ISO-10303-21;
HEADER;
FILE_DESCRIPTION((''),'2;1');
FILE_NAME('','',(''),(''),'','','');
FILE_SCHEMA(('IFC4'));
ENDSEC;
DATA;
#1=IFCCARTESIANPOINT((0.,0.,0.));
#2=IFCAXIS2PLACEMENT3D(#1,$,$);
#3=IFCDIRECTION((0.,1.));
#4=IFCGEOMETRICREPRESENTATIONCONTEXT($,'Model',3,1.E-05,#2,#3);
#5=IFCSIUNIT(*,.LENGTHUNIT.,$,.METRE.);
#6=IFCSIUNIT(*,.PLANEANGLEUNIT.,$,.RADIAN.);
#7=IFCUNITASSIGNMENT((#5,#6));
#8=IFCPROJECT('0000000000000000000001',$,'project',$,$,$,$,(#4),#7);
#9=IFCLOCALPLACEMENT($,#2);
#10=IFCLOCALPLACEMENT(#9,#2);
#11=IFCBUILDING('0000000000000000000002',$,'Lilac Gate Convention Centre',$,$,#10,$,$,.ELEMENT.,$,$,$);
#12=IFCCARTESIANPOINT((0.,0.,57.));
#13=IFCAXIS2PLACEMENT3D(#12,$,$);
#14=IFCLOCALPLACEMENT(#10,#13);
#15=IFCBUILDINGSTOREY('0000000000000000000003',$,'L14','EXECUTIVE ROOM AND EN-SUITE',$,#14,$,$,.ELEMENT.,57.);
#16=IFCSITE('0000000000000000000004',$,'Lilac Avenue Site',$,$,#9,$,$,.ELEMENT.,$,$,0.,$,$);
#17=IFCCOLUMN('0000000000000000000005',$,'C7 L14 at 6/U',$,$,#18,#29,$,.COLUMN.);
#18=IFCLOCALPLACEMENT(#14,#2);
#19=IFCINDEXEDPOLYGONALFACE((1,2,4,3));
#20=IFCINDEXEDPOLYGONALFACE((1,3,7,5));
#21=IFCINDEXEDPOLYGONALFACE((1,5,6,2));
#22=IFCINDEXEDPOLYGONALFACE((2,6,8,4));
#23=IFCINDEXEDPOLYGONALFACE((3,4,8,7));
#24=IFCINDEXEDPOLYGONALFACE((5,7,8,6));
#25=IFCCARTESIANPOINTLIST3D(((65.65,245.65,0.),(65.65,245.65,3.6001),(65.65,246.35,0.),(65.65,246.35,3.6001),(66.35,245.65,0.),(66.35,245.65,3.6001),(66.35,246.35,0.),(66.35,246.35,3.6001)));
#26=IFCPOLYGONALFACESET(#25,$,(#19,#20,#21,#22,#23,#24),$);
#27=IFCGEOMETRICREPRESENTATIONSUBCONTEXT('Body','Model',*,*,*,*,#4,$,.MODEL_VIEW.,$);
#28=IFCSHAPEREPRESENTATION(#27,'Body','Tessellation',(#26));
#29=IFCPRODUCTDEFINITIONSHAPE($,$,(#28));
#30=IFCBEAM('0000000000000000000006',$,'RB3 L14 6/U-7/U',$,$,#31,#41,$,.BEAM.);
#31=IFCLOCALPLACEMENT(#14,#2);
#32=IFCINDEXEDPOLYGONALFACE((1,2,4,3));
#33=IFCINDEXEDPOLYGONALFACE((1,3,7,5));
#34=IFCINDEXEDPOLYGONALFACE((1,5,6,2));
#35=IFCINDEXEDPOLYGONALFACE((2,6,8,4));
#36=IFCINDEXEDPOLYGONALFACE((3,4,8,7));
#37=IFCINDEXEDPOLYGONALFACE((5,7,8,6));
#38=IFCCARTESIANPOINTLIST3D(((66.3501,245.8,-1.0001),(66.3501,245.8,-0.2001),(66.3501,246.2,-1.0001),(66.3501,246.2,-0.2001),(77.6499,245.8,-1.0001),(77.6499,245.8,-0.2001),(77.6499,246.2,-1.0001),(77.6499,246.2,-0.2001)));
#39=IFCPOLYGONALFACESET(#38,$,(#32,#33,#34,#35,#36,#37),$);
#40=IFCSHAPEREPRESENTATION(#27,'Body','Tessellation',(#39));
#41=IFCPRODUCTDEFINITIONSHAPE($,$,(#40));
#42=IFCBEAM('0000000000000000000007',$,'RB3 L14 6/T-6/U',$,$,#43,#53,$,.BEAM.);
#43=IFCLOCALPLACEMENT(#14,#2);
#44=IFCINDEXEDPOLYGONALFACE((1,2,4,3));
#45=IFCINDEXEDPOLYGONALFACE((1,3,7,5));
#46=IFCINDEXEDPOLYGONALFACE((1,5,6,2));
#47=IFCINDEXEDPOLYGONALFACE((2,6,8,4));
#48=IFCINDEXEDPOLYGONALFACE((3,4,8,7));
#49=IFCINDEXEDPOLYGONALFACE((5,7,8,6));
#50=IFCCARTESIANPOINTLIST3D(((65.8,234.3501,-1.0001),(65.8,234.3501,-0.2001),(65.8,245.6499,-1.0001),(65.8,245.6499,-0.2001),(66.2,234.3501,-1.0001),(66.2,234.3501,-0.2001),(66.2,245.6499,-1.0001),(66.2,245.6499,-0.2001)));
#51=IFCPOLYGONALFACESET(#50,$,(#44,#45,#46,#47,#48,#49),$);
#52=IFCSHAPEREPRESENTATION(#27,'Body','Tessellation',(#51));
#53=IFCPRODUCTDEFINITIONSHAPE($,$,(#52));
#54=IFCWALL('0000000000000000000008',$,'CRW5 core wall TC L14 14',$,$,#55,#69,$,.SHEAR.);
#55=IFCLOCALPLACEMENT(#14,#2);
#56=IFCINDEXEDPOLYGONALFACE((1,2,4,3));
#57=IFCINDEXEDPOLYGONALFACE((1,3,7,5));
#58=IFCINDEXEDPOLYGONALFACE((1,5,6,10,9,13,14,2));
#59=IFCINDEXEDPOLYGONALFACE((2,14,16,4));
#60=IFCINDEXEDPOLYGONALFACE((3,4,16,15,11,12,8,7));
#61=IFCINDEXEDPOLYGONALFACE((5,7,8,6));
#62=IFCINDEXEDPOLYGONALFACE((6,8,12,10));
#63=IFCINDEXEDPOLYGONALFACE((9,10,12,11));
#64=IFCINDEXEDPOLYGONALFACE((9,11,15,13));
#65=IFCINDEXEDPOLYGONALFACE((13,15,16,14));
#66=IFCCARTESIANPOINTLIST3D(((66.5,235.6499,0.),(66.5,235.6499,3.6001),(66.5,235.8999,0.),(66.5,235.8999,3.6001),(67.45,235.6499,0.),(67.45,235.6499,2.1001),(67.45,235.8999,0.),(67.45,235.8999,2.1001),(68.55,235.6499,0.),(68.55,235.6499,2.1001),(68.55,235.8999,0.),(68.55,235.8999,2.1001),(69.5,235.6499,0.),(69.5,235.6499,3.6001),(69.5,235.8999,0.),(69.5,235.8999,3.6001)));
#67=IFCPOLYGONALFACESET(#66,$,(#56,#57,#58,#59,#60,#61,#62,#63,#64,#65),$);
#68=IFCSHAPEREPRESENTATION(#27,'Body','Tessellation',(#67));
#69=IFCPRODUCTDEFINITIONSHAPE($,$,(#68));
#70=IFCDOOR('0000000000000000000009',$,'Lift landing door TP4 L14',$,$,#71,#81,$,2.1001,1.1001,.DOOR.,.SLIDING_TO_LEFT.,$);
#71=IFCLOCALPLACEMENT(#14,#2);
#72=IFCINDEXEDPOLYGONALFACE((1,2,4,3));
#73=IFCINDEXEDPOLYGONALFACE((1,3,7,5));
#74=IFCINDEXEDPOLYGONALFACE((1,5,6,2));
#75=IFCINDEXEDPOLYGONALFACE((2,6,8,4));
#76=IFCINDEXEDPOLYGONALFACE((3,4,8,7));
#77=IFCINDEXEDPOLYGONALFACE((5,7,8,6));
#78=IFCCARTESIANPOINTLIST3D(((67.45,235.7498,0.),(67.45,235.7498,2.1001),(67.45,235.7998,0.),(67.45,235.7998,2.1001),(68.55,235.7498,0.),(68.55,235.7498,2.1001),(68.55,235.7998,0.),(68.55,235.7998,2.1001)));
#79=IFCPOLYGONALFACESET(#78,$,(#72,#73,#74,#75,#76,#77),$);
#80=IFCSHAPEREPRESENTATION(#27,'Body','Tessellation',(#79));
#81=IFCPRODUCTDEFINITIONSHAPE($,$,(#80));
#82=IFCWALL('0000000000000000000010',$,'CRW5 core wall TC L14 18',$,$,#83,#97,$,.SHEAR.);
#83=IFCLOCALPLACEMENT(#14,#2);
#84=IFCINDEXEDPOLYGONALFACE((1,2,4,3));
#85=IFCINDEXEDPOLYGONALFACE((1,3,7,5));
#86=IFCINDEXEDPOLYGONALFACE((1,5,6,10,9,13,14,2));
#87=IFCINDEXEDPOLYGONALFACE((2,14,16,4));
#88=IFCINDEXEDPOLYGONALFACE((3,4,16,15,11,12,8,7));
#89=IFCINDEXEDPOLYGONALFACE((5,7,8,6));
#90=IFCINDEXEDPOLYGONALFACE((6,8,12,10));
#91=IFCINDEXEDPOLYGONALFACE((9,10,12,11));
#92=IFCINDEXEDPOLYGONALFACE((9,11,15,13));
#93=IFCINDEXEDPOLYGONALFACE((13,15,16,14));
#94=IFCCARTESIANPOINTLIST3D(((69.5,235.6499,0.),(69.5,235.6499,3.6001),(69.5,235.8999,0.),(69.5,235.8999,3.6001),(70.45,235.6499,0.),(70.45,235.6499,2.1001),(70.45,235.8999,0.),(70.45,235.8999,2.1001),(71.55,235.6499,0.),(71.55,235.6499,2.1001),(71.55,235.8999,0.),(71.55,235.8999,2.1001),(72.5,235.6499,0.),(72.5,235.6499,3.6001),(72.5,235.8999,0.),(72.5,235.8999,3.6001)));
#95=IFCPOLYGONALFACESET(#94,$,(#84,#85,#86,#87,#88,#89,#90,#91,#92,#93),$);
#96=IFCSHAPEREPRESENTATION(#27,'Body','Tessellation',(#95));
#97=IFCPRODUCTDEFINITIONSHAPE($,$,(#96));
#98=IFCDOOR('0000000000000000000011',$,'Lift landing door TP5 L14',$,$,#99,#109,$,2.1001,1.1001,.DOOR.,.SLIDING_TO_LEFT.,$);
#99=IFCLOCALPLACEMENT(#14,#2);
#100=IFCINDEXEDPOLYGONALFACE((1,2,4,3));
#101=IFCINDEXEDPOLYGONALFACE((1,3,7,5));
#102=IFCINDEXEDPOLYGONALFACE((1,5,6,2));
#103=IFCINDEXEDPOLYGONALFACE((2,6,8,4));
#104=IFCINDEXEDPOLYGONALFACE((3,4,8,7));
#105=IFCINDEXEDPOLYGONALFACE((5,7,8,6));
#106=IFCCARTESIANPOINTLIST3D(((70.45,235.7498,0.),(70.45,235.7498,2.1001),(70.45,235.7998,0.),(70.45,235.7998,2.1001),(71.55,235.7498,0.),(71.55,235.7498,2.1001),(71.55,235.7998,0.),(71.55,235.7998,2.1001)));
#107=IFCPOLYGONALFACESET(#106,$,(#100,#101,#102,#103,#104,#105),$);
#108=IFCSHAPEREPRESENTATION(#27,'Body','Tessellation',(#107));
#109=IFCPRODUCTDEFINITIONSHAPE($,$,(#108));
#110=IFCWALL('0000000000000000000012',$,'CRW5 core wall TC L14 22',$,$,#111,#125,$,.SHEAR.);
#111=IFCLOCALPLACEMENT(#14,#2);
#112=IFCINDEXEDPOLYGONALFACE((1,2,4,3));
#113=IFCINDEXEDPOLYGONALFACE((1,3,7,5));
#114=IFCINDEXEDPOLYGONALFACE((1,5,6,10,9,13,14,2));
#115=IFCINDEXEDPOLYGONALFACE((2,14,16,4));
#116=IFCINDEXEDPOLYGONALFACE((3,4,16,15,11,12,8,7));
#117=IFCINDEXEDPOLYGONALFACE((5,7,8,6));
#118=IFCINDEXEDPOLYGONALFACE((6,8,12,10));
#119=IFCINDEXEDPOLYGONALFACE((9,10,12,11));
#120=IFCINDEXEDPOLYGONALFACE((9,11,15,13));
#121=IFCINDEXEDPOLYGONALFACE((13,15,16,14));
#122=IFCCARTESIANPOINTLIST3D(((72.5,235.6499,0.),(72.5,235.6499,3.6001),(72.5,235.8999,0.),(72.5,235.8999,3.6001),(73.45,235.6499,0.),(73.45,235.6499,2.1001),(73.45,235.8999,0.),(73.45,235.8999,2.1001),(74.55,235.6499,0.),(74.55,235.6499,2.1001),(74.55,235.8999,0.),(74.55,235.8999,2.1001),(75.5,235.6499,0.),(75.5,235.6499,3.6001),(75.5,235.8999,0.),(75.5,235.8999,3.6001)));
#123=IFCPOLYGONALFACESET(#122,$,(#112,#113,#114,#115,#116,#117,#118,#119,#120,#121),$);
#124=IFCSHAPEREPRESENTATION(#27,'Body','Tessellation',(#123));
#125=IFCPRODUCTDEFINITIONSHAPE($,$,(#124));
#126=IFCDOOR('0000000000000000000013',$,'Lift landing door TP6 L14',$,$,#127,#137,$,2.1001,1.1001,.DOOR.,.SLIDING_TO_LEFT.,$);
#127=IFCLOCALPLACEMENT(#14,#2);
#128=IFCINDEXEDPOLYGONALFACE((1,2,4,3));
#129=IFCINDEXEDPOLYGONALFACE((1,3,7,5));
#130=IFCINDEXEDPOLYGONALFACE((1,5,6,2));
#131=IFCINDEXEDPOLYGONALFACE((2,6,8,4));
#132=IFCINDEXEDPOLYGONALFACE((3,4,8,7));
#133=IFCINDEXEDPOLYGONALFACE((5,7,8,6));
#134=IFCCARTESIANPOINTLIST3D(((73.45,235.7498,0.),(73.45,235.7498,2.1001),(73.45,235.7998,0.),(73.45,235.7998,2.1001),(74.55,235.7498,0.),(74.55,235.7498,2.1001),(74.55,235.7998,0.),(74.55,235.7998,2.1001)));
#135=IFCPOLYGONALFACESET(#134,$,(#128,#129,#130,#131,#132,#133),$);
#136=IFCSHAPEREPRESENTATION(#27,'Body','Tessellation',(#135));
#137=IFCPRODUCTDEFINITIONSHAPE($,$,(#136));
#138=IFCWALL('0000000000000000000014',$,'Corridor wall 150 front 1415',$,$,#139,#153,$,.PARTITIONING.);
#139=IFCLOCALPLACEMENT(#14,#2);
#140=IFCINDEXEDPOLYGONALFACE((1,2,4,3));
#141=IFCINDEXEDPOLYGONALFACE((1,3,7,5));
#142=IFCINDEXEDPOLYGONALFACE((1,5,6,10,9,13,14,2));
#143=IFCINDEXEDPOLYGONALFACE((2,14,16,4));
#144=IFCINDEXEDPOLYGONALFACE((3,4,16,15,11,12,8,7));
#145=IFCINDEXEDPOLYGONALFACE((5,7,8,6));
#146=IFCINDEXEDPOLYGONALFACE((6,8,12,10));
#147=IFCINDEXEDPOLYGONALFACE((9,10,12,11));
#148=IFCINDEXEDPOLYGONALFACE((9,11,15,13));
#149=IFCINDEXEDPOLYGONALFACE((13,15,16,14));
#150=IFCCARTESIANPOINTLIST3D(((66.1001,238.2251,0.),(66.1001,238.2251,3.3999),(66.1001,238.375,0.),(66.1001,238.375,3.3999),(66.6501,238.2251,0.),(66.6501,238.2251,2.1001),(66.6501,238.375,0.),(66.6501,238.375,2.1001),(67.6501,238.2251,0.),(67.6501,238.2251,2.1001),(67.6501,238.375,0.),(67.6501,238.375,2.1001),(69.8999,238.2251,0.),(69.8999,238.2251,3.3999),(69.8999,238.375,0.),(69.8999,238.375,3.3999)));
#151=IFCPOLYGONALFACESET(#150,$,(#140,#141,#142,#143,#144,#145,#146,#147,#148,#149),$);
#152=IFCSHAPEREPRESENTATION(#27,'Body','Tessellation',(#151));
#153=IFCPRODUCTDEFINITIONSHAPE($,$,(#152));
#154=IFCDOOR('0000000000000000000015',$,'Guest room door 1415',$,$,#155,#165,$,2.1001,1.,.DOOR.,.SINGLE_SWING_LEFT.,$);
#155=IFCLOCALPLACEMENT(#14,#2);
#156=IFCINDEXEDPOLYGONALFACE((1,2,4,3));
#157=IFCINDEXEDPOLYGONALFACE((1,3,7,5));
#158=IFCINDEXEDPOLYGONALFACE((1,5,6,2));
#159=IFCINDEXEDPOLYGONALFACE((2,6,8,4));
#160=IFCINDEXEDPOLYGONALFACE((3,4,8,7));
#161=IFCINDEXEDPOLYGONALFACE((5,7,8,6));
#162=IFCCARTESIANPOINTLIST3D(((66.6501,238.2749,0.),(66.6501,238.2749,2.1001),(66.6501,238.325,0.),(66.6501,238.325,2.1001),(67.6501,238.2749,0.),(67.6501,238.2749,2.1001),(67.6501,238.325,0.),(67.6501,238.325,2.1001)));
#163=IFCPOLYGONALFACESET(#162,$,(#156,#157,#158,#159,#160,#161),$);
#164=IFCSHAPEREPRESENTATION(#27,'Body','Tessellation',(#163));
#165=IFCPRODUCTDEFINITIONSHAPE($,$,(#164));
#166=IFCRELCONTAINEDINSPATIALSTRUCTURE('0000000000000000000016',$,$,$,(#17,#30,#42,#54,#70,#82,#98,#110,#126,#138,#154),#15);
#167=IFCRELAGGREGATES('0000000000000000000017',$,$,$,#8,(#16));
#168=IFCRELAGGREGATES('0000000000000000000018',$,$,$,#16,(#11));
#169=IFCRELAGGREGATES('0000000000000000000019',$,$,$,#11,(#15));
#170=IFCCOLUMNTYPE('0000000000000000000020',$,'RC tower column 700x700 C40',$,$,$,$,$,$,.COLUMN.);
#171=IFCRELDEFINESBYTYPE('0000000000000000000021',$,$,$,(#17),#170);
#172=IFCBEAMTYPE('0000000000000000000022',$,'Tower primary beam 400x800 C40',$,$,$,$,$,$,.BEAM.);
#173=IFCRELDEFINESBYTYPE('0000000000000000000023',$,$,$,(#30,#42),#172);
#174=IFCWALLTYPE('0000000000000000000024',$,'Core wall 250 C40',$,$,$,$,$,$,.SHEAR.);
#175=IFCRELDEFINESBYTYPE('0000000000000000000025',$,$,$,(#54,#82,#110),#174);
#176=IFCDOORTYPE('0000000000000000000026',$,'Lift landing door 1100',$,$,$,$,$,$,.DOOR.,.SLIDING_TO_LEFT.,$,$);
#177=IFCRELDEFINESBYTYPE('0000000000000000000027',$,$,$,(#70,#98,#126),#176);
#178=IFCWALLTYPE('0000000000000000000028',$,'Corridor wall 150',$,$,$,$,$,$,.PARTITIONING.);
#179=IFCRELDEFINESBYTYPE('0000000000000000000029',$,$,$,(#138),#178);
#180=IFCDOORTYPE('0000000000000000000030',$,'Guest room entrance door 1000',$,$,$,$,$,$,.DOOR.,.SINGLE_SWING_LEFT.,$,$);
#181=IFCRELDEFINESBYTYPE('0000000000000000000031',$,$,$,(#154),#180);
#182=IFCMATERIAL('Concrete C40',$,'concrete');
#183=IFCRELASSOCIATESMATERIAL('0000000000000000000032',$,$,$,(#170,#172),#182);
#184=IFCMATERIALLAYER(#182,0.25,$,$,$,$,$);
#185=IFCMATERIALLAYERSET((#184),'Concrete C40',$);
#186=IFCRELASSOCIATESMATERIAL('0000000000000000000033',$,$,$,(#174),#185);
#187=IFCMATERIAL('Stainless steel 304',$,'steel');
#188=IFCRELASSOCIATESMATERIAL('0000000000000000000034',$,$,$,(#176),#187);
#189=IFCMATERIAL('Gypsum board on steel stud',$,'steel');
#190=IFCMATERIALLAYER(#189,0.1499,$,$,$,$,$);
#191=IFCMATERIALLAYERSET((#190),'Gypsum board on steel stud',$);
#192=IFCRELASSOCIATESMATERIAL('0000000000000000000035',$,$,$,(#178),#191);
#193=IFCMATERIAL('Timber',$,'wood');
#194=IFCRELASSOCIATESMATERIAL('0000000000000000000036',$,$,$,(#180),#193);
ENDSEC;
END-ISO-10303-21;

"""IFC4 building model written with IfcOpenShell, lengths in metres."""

from ifc_helpers import new_model, si_unit, direction, frame, frame_2d, origin, origin_2d, place, context, subcontext, project, spatial, rectangle, extrude, material, layer, layer_set, material_profile, profile_set, type_object, element, fill, save


model = new_model("IFC4")

# Units and contexts
model_context = context("Model", 3, precision=1e-05, world=origin(), true_north=direction((0.0, 1.0)))
body_context = subcontext(model_context, "Body", "Model", "MODEL_VIEW")
ifc_project = project(units=[si_unit("LENGTHUNIT", "METRE"), si_unit("PLANEANGLEUNIT", "RADIAN")], contexts=[model_context])

# Site, building, storey
site_placement = place(None, origin())
site = spatial("IfcSite", under=ifc_project, at=site_placement, Name="Lilac Avenue Site", CompositionType="ELEMENT", RefElevation=0.0)
building_placement = place(site_placement, origin())
building = spatial("IfcBuilding", under=site, at=building_placement, Name="Lilac Gate Convention Centre", CompositionType="ELEMENT")
storey_placement = place(building_placement, frame((0.0, 0.0, 57.0)))
storey = spatial("IfcBuildingStorey", under=building, at=storey_placement, Name="L14", Description="EXECUTIVE ROOM AND EN-SUITE", CompositionType="ELEMENT", Elevation=57.0)

# Column
ifc_material_1 = material(Name="Concrete C40", Category="concrete")
ifc_material_profile_1 = material_profile(ifc_material_1, rectangle(XDim=0.7, YDim=0.7, at=origin_2d()), Name="RC 700x700")
ifc_profile_set_1 = profile_set([ifc_material_profile_1], Name="Concrete C40")
column_type = type_object("IfcColumnType", Name="RC tower column 700x700 C40", PredefinedType="COLUMN", material=ifc_profile_set_1)
column_placement = place(storey_placement, frame((66.0, 246.0, 0.0), z_axis=(0.0, 0.0, 1.0), x_axis=(1.0, 0.0, 0.0)))
element("IfcColumn", 1, at=column_placement, inside=storey, type_object=column_type, Name="C7 L14 at 6/U", PredefinedType="COLUMN", context=body_context, shape_type="SweptSolid", body=[
    extrude(rectangle(XDim=0.7, YDim=0.7, at=origin_2d()), origin(), (0.0, 0.0, 1.0), 3.6001),
])

# Beams
ifc_material_profile_2 = material_profile(ifc_material_1, rectangle(XDim=0.3999, YDim=0.8, at=origin_2d()), Name="RC 400x800")
ifc_profile_set_2 = profile_set([ifc_material_profile_2], Name="Concrete C40")
beam_type = type_object("IfcBeamType", Name="Tower primary beam 400x800 C40", PredefinedType="BEAM", material=ifc_profile_set_2)
for number, where, z_axis, x_axis, name in (
    (2, (66.3501, 246.0, -0.6001), (1.0, 0.0, 0.0), (0.0, 1.0, 0.0), "RB3 L14 6/U-7/U"),
    (3, (66.0, 234.3501, -0.6001), (0.0, 1.0, 0.0), (-1.0, 0.0, 0.0), "RB3 L14 6/T-6/U"),
):
    element("IfcBeam", number, at=place(storey_placement, frame(where, z_axis=z_axis, x_axis=x_axis)), inside=storey, type_object=beam_type, Name=name, PredefinedType="BEAM", context=body_context, shape_type="SweptSolid", body=[
        extrude(rectangle(XDim=0.3999, YDim=0.8, at=origin_2d()), origin(), (0.0, 0.0, 1.0), 11.2998),
    ])

# Walls, openings, doors
ifc_layer_1 = layer(ifc_material_1, 0.25)
ifc_layer_set_1 = layer_set([ifc_layer_1], Name="Concrete C40")
wall_type_1 = type_object("IfcWallType", Name="Core wall 250 C40", PredefinedType="SHEAR", material=ifc_layer_set_1)
wall_1_placement = place(storey_placement, frame((66.5, 235.7749, 0.0), z_axis=(0.0, 0.0, 1.0), x_axis=(1.0, 0.0, 0.0)))
wall_1 = element("IfcWall", 4, at=wall_1_placement, inside=storey, type_object=wall_type_1, Name="CRW5 core wall TC L14 14", PredefinedType="SHEAR", context=body_context, shape_type="SweptSolid", body=[
    extrude(rectangle(XDim=3.0, YDim=0.25, at=frame_2d((1.5, 0.0))), origin(), (0.0, 0.0, 1.0), 3.6001),
])
opening_1_placement = place(wall_1_placement, frame((0.95, 0.0, 0.0)))
opening_1 = element("IfcOpeningElement", 5, at=opening_1_placement, cuts=wall_1, PredefinedType="OPENING", context=body_context, shape_type="SweptSolid", body=[
    extrude(rectangle(XDim=1.1001, YDim=2.1001, at=frame_2d((0.55, 1.05))), frame((0.0, 0.135, 0.0), z_axis=(0.0, -1.0, 0.0), x_axis=(1.0, 0.0, 0.0)), (0.0, 0.0, 1.0), 0.27),
])
ifc_material_2 = material(Name="Stainless steel 304", Category="steel")
door_type_1 = type_object("IfcDoorType", Name="Lift landing door 1100", OperationType="SLIDING_TO_LEFT", PredefinedType="DOOR", material=ifc_material_2)
door_1_placement = place(opening_1_placement, origin())
door_1 = element("IfcDoor", 6, at=door_1_placement, inside=storey, type_object=door_type_1, Name="Lift landing door TP4 L14", OperationType="SLIDING_TO_LEFT", OverallHeight=2.1001, OverallWidth=1.1001, PredefinedType="DOOR", context=body_context, shape_type="SweptSolid", body=[
    extrude(rectangle(XDim=1.1001, YDim=2.1001, at=frame_2d((0.55, 1.05))), frame((0.0, 0.0249, 0.0), z_axis=(0.0, -1.0, 0.0), x_axis=(1.0, 0.0, 0.0)), (0.0, 0.0, 1.0), 0.05),
])
fill(opening_1, door_1)
wall_2_placement = place(storey_placement, frame((69.5, 235.7749, 0.0), z_axis=(0.0, 0.0, 1.0), x_axis=(1.0, 0.0, 0.0)))
wall_2 = element("IfcWall", 7, at=wall_2_placement, inside=storey, type_object=wall_type_1, Name="CRW5 core wall TC L14 18", PredefinedType="SHEAR", context=body_context, shape_type="SweptSolid", body=[
    extrude(rectangle(XDim=3.0, YDim=0.25, at=frame_2d((1.5, 0.0))), origin(), (0.0, 0.0, 1.0), 3.6001),
])
opening_2_placement = place(wall_2_placement, frame((0.95, 0.0, 0.0)))
opening_2 = element("IfcOpeningElement", 8, at=opening_2_placement, cuts=wall_2, PredefinedType="OPENING", context=body_context, shape_type="SweptSolid", body=[
    extrude(rectangle(XDim=1.1001, YDim=2.1001, at=frame_2d((0.55, 1.05))), frame((0.0, 0.135, 0.0), z_axis=(0.0, -1.0, 0.0), x_axis=(1.0, 0.0, 0.0)), (0.0, 0.0, 1.0), 0.27),
])
door_2_placement = place(opening_2_placement, origin())
door_2 = element("IfcDoor", 9, at=door_2_placement, inside=storey, type_object=door_type_1, Name="Lift landing door TP5 L14", OperationType="SLIDING_TO_LEFT", OverallHeight=2.1001, OverallWidth=1.1001, PredefinedType="DOOR", context=body_context, shape_type="SweptSolid", body=[
    extrude(rectangle(XDim=1.1001, YDim=2.1001, at=frame_2d((0.55, 1.05))), frame((0.0, 0.0249, 0.0), z_axis=(0.0, -1.0, 0.0), x_axis=(1.0, 0.0, 0.0)), (0.0, 0.0, 1.0), 0.05),
])
fill(opening_2, door_2)
wall_3_placement = place(storey_placement, frame((72.5, 235.7749, 0.0), z_axis=(0.0, 0.0, 1.0), x_axis=(1.0, 0.0, 0.0)))
wall_3 = element("IfcWall", 10, at=wall_3_placement, inside=storey, type_object=wall_type_1, Name="CRW5 core wall TC L14 22", PredefinedType="SHEAR", context=body_context, shape_type="SweptSolid", body=[
    extrude(rectangle(XDim=3.0, YDim=0.25, at=frame_2d((1.5, 0.0))), origin(), (0.0, 0.0, 1.0), 3.6001),
])
opening_3_placement = place(wall_3_placement, frame((0.95, 0.0, 0.0)))
opening_3 = element("IfcOpeningElement", 11, at=opening_3_placement, cuts=wall_3, PredefinedType="OPENING", context=body_context, shape_type="SweptSolid", body=[
    extrude(rectangle(XDim=1.1001, YDim=2.1001, at=frame_2d((0.55, 1.05))), frame((0.0, 0.135, 0.0), z_axis=(0.0, -1.0, 0.0), x_axis=(1.0, 0.0, 0.0)), (0.0, 0.0, 1.0), 0.27),
])
door_3_placement = place(opening_3_placement, origin())
door_3 = element("IfcDoor", 12, at=door_3_placement, inside=storey, type_object=door_type_1, Name="Lift landing door TP6 L14", OperationType="SLIDING_TO_LEFT", OverallHeight=2.1001, OverallWidth=1.1001, PredefinedType="DOOR", context=body_context, shape_type="SweptSolid", body=[
    extrude(rectangle(XDim=1.1001, YDim=2.1001, at=frame_2d((0.55, 1.05))), frame((0.0, 0.0249, 0.0), z_axis=(0.0, -1.0, 0.0), x_axis=(1.0, 0.0, 0.0)), (0.0, 0.0, 1.0), 0.05),
])
fill(opening_3, door_3)
ifc_material_3 = material(Name="Gypsum board on steel stud", Category="steel")
ifc_layer_2 = layer(ifc_material_3, 0.1499)
ifc_layer_set_2 = layer_set([ifc_layer_2], Name="Gypsum board on steel stud")
wall_type_2 = type_object("IfcWallType", Name="Corridor wall 150", PredefinedType="PARTITIONING", material=ifc_layer_set_2)
wall_4_placement = place(storey_placement, frame((66.1001, 238.3, 0.0), z_axis=(0.0, 0.0, 1.0), x_axis=(1.0, 0.0, 0.0)))
wall_4 = element("IfcWall", 13, at=wall_4_placement, inside=storey, type_object=wall_type_2, Name="Corridor wall 150 front 1415", PredefinedType="PARTITIONING", context=body_context, shape_type="SweptSolid", body=[
    extrude(rectangle(XDim=3.7998, YDim=0.1499, at=frame_2d((1.8999, 0.0))), origin(), (0.0, 0.0, 1.0), 3.3999),
])
opening_4_placement = place(wall_4_placement, frame((0.55, 0.0, 0.0)))
opening_4 = element("IfcOpeningElement", 14, at=opening_4_placement, cuts=wall_4, PredefinedType="OPENING", context=body_context, shape_type="SweptSolid", body=[
    extrude(rectangle(XDim=1.0, YDim=2.1001, at=frame_2d((0.5, 1.05))), frame((0.0, 0.085, 0.0), z_axis=(0.0, -1.0, 0.0), x_axis=(1.0, 0.0, 0.0)), (0.0, 0.0, 1.0), 0.1699),
])
ifc_material_4 = material(Name="Timber", Category="wood")
door_type_2 = type_object("IfcDoorType", Name="Guest room entrance door 1000", OperationType="SINGLE_SWING_LEFT", PredefinedType="DOOR", material=ifc_material_4)
door_4_placement = place(opening_4_placement, origin())
door_4 = element("IfcDoor", 15, at=door_4_placement, inside=storey, type_object=door_type_2, Name="Guest room door 1415", OperationType="SINGLE_SWING_LEFT", OverallHeight=2.1001, OverallWidth=1.0, PredefinedType="DOOR", context=body_context, shape_type="SweptSolid", body=[
    extrude(rectangle(XDim=1.0, YDim=2.1001, at=frame_2d((0.5, 1.05))), frame((0.0, 0.0249, 0.0), z_axis=(0.0, -1.0, 0.0), x_axis=(1.0, 0.0, 0.0)), (0.0, 0.0, 1.0), 0.05),
])
fill(opening_4, door_4)

save(model, "model.ifc")
